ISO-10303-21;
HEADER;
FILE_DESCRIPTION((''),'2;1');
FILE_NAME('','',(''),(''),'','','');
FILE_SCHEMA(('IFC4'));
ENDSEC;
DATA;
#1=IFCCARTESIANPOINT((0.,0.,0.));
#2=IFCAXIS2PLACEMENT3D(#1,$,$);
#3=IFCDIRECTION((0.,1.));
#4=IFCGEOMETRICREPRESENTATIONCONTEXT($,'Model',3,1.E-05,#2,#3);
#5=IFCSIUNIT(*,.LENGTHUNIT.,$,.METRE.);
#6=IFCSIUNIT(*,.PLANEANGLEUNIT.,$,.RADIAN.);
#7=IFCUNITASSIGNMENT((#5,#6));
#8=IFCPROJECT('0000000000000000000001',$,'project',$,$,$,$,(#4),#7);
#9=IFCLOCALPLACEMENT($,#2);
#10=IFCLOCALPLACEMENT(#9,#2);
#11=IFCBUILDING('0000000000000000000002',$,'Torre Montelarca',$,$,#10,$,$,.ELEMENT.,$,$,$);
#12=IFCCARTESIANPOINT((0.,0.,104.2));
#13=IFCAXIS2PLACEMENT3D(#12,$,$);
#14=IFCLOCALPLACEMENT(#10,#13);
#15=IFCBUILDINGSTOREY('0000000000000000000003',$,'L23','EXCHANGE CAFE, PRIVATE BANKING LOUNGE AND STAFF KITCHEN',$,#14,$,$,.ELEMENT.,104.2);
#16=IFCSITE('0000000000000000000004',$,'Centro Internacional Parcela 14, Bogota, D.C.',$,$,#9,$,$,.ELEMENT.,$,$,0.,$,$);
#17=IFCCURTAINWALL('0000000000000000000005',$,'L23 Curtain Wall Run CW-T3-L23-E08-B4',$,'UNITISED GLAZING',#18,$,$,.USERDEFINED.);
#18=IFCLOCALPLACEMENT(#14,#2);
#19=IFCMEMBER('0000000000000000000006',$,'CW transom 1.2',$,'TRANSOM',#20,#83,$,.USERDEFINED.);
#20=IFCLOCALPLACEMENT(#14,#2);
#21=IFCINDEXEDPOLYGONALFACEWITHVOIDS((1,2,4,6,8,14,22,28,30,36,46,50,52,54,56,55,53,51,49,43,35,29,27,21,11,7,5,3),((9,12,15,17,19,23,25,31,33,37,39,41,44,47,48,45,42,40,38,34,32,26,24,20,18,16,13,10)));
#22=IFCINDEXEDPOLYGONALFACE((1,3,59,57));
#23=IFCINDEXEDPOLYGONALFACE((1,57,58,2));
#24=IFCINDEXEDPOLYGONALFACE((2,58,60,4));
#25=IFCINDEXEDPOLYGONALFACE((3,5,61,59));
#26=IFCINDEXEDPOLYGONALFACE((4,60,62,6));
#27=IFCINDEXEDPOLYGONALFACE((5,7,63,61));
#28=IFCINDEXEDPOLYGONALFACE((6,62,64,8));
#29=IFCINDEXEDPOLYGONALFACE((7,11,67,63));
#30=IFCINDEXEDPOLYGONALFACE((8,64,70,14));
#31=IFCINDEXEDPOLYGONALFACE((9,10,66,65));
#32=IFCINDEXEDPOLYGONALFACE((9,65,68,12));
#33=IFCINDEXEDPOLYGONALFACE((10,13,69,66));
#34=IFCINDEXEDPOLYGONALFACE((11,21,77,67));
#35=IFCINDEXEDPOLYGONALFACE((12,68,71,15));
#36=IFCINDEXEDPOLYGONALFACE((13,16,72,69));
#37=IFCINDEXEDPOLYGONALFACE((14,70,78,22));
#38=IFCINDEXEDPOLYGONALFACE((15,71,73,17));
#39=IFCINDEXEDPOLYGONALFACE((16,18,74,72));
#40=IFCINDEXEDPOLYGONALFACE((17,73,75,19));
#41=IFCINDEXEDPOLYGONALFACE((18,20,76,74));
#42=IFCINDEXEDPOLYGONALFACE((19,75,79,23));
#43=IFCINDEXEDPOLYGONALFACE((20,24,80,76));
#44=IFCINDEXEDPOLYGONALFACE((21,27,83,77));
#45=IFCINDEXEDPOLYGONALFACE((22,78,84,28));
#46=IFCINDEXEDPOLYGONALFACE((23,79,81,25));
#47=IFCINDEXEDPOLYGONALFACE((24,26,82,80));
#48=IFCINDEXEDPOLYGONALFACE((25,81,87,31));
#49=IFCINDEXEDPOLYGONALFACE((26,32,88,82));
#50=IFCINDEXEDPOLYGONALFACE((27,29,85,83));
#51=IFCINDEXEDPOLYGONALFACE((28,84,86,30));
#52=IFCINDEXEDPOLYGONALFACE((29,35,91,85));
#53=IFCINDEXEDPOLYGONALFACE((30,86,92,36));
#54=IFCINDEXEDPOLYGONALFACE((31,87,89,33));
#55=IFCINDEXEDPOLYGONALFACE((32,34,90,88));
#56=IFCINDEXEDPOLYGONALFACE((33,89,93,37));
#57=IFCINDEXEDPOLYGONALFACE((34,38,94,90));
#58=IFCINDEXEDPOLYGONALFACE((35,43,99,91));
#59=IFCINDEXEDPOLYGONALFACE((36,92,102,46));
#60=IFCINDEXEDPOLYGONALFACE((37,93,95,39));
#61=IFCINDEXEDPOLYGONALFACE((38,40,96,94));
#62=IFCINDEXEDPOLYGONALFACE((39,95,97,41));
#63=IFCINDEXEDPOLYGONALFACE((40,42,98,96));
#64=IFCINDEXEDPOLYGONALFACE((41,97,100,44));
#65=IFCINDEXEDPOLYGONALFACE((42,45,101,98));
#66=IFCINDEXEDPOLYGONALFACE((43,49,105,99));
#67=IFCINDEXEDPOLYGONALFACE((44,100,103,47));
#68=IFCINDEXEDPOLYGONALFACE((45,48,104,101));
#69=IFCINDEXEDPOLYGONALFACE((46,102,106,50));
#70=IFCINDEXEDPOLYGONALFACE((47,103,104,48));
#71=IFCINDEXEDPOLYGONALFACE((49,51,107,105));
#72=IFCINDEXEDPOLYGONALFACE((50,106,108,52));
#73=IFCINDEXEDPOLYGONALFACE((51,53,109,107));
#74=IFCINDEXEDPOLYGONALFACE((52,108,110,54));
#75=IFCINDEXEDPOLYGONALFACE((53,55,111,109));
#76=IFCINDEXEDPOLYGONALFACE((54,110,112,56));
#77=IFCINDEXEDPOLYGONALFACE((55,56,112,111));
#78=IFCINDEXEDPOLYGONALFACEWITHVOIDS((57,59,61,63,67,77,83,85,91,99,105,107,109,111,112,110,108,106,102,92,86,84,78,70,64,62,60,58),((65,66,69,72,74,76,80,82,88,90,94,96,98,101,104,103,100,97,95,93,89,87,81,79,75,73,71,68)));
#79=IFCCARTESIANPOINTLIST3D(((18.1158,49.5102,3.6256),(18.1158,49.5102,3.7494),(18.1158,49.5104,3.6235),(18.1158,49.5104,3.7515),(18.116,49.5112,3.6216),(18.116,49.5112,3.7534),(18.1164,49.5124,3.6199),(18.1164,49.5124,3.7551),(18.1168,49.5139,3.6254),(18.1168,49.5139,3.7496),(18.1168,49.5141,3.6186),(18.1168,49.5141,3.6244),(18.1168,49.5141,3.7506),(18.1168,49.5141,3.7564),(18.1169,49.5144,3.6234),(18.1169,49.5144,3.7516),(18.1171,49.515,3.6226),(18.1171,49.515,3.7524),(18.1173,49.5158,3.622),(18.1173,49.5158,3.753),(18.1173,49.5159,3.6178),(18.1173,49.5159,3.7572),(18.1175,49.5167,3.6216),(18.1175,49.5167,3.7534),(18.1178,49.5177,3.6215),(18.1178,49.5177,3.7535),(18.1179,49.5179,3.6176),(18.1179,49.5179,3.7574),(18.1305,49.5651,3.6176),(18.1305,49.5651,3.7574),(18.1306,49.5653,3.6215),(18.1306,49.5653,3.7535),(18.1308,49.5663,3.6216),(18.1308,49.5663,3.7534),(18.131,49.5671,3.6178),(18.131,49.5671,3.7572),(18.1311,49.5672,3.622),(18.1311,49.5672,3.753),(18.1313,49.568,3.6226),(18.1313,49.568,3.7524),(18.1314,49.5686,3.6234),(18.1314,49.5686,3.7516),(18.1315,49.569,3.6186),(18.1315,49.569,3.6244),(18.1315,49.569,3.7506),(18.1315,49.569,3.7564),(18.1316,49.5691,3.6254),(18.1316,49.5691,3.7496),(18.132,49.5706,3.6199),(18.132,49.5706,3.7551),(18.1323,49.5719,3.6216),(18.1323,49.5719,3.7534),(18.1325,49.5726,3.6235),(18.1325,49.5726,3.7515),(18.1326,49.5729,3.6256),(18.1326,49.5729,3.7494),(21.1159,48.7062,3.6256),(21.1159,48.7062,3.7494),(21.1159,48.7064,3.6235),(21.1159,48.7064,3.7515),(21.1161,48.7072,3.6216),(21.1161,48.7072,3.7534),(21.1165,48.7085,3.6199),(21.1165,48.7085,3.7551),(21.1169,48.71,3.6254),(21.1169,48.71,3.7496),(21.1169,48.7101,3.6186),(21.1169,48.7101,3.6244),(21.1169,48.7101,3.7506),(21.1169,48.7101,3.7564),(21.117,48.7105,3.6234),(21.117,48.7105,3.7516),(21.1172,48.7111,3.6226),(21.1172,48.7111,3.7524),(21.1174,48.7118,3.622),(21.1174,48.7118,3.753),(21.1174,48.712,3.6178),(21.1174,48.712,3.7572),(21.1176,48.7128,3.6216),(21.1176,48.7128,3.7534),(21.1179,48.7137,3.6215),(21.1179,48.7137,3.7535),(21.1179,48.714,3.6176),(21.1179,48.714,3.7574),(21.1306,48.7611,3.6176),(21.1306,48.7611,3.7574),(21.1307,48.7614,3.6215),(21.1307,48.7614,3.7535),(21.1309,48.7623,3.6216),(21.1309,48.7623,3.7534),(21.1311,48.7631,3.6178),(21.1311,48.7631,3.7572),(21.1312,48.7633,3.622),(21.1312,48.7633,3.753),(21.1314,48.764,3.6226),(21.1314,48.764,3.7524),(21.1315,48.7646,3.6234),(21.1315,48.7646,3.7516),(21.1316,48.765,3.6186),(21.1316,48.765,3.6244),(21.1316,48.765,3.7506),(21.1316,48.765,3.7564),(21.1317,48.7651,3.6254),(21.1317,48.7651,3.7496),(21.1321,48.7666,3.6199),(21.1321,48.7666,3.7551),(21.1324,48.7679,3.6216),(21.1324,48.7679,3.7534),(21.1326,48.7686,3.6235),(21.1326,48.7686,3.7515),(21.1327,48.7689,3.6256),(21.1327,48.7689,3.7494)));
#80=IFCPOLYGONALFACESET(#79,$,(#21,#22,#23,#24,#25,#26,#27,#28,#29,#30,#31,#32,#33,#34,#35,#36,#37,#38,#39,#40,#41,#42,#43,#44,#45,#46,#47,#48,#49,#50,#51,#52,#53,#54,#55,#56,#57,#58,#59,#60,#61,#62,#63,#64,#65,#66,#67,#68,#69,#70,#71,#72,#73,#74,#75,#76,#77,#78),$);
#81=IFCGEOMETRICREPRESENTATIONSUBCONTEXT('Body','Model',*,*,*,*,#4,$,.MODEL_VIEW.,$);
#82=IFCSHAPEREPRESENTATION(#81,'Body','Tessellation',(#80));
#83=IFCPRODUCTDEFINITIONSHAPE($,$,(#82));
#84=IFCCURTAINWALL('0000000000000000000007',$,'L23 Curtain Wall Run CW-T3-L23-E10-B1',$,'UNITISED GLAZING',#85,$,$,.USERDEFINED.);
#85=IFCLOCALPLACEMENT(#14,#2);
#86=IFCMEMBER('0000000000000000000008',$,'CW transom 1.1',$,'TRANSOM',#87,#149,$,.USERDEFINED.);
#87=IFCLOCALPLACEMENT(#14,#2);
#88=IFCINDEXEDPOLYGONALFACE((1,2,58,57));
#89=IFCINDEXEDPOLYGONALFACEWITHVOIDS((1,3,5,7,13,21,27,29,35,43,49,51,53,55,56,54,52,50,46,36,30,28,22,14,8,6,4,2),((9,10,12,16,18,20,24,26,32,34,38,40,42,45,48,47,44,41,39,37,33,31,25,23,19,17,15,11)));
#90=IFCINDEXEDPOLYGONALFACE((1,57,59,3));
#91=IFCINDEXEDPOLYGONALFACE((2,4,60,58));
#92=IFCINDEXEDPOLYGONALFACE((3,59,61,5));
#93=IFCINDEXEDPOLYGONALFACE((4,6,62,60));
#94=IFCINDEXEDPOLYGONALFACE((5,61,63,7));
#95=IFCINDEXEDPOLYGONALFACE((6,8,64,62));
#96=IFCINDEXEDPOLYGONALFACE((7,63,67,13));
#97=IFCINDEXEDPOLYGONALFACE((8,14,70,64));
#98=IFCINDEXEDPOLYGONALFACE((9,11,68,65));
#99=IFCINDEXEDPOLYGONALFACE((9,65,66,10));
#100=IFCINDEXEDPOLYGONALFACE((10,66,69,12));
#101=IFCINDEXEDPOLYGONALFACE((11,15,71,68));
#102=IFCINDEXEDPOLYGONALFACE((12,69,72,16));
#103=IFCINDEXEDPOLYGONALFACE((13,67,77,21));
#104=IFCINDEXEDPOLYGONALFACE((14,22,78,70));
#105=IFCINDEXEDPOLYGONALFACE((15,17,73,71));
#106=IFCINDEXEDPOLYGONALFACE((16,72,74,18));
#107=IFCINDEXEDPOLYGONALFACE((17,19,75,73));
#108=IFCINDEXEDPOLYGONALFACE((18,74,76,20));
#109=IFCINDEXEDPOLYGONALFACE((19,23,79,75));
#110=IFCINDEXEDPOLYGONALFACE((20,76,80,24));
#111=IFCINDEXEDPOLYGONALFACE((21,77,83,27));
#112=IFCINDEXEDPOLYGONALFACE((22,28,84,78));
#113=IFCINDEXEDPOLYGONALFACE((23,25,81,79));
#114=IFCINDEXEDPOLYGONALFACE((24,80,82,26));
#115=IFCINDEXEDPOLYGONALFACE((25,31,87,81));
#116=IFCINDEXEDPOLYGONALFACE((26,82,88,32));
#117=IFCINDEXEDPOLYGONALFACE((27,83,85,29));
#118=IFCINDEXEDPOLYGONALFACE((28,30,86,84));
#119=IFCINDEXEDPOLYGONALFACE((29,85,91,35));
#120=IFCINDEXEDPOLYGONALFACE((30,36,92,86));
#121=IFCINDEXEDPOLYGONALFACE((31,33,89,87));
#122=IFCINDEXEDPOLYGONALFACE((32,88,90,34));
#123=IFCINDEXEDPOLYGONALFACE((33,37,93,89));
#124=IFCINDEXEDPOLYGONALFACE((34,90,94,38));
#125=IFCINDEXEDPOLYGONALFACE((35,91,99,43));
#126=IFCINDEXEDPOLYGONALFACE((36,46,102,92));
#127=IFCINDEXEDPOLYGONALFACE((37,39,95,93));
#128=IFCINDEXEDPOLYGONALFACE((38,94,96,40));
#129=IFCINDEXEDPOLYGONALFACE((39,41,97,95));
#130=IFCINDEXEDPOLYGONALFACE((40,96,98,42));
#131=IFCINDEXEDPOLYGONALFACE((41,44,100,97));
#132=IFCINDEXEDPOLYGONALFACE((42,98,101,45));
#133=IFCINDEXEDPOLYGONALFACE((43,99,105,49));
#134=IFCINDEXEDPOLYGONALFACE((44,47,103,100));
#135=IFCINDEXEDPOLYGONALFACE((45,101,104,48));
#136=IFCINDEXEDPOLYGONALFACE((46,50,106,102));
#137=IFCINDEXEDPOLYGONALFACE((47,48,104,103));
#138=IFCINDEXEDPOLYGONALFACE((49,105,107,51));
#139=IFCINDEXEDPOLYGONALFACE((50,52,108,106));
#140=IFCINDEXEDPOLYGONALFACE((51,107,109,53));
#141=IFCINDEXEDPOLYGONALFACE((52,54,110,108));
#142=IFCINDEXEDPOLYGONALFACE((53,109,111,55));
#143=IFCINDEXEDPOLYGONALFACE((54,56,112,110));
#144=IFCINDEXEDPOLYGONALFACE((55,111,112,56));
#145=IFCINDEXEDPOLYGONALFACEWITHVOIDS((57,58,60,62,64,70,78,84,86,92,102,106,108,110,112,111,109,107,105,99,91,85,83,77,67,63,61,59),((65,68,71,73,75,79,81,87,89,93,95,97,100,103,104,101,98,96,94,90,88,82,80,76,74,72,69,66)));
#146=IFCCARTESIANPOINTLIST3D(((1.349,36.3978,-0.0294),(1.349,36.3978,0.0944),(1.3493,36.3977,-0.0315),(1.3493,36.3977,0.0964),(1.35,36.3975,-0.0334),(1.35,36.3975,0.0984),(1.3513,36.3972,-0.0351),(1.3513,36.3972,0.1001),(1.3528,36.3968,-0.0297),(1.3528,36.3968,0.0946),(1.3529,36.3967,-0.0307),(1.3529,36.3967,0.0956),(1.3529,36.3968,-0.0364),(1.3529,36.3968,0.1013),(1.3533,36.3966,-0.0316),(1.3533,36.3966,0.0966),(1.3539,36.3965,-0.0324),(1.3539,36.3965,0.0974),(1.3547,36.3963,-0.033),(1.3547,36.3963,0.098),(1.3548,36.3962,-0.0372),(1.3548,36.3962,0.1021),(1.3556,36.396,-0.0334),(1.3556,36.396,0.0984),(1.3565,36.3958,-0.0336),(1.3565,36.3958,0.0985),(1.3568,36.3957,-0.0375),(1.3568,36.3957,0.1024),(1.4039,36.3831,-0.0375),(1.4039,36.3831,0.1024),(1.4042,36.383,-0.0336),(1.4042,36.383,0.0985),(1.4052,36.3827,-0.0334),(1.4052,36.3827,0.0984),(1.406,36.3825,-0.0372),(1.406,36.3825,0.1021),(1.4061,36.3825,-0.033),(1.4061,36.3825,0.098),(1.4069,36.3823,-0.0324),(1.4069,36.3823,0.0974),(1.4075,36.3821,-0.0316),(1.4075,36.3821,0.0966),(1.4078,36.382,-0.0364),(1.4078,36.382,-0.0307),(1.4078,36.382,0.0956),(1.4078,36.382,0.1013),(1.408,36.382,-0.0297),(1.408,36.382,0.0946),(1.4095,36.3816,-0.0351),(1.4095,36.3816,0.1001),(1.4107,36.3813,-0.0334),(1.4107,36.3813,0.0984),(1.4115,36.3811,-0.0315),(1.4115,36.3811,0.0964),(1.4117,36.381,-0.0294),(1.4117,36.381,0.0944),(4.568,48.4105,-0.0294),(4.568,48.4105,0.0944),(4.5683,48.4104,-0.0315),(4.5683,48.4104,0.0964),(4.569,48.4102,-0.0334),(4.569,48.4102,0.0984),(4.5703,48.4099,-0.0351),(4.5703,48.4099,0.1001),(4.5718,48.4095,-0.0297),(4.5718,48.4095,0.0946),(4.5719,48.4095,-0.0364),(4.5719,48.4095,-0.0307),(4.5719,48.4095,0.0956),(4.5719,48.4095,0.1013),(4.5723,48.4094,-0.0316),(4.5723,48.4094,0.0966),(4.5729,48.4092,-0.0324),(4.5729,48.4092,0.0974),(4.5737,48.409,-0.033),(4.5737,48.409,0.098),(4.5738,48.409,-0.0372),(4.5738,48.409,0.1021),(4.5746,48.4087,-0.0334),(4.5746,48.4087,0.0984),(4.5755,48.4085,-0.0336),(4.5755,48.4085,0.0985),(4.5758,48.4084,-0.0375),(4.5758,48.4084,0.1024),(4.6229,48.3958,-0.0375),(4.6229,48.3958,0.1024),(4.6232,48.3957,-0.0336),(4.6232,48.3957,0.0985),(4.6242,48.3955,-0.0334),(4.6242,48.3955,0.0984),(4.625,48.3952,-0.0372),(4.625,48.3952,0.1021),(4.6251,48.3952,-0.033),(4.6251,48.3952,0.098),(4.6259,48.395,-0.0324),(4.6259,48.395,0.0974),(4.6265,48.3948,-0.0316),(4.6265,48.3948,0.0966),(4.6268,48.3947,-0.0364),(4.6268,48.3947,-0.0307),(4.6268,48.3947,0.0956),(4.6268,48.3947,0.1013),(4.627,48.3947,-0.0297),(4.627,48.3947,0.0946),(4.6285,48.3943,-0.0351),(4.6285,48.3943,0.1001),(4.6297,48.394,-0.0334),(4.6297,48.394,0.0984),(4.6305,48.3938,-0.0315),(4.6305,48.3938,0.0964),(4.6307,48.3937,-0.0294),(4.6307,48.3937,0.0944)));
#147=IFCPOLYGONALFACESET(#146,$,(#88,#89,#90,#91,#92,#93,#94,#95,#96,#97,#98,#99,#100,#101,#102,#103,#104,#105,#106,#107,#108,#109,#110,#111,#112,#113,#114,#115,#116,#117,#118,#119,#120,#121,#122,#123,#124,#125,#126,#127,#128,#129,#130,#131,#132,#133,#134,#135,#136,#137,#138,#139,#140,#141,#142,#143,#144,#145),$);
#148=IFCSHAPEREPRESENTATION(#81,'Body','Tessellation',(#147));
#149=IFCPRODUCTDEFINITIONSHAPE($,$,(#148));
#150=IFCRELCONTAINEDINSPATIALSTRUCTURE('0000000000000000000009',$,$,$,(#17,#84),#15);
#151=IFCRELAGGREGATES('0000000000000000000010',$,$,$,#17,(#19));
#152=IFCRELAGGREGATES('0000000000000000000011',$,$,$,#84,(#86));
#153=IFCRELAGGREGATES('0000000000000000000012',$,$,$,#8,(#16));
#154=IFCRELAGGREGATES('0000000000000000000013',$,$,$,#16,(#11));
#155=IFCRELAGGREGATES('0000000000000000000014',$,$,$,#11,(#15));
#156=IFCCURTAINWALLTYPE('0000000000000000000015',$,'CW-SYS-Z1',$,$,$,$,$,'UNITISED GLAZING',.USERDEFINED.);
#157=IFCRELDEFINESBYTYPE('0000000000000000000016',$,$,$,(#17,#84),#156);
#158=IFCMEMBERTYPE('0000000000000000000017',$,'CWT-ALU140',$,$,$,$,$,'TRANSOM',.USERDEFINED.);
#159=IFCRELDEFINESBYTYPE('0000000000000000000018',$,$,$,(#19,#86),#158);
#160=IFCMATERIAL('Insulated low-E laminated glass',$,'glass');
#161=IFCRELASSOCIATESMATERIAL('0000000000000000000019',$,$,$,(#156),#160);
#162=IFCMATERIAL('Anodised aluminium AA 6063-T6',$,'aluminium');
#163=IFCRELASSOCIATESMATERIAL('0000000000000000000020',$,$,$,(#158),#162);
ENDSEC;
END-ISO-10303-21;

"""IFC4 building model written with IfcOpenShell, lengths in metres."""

from ifc_helpers import new_model, si_unit, direction, frame, origin, origin_2d, place, context, subcontext, project, spatial, hollow_rectangle, extrude, source, transform, mapped, material, material_profile, profile_set, type_object, element, aggregate, save


model = new_model("IFC4")

# Units and contexts
model_context = context("Model", 3, precision=1e-05, world=origin(), true_north=direction((0.0, 1.0)))
body_context = subcontext(model_context, "Body", "Model", "MODEL_VIEW")
ifc_project = project(units=[si_unit("LENGTHUNIT", "METRE"), si_unit("PLANEANGLEUNIT", "RADIAN")], contexts=[model_context])

# Site, building, storey
site_placement = place(None, origin())
site = spatial("IfcSite", under=ifc_project, at=site_placement, Name="Centro Internacional Parcela 14, Bogota, D.C.", CompositionType="ELEMENT", RefElevation=0.0)
building_placement = place(site_placement, origin())
building = spatial("IfcBuilding", under=site, at=building_placement, Name="Torre Montelarca", CompositionType="ELEMENT")
storey_placement = place(building_placement, frame((0.0, 0.0, 104.2)))
storey = spatial("IfcBuildingStorey", under=building, at=storey_placement, Name="L23", Description="EXCHANGE CAFE, PRIVATE BANKING LOUNGE AND STAFF KITCHEN", CompositionType="ELEMENT", Elevation=104.2)

# Curtain walls, members
ifc_material_1 = material(Name="Insulated low-E laminated glass", Category="glass")
curtain_wall_type = type_object("IfcCurtainWallType", Name="CW-SYS-Z1", ElementType="UNITISED GLAZING", PredefinedType="USERDEFINED", material=ifc_material_1)
ifc_material_2 = material(Name="Anodised aluminium AA 6063-T6", Category="aluminium")
ifc_material_profile_1 = material_profile(ifc_material_2, hollow_rectangle(XDim=0.0649, YDim=0.1399, WallThickness=0.0039, InnerFilletRadius=0.0039, OuterFilletRadius=0.0081, at=origin_2d()), Name="ALU65X140X4", Category="aluminium")
ifc_profile_set_1 = profile_set([ifc_material_profile_1], Name="Anodised aluminium AA 6063-T6")
member_type_1 = type_object("IfcMemberType", Name="CWT-ALU140", ElementType="TRANSOM", PredefinedType="USERDEFINED", material=ifc_profile_set_1)
curtain_wall_1_placement = place(storey_placement, origin())
curtain_wall_1 = element("IfcCurtainWall", 1, at=curtain_wall_1_placement, inside=storey, type_object=curtain_wall_type, Name="L23 Curtain Wall Run CW-T3-L23-E08-B4", ObjectType="UNITISED GLAZING", PredefinedType="USERDEFINED")
shared_shape_1 = source(origin(), body_context, "Body", "SweptSolid", [
    extrude(hollow_rectangle(XDim=0.0649, YDim=0.1399, WallThickness=0.0039, InnerFilletRadius=0.0039, OuterFilletRadius=0.0081, at=origin_2d()), origin(), (0.0, 0.0, 1.0), 3.106),
])
member_1_placement = place(storey_placement, frame((21.1243, 48.7375, 3.6875), z_axis=(-0.965917, 0.258851, 0.0), x_axis=(-0.258851, -0.965917, 0.0)))
member_1 = element("IfcMember", 2, at=member_1_placement, type_object=member_type_1, Name="CW transom 1.2", ObjectType="TRANSOM", PredefinedType="USERDEFINED", context=body_context, shape_type="MappedRepresentation", body=[
    mapped(shared_shape_1, transform((0.0, 0.0, 0.0), scale=1.0)),
])
curtain_wall_2_placement = place(storey_placement, origin())
curtain_wall_2 = element("IfcCurtainWall", 3, at=curtain_wall_2_placement, inside=storey, type_object=curtain_wall_type, Name="L23 Curtain Wall Run CW-T3-L23-E10-B1", ObjectType="UNITISED GLAZING", PredefinedType="USERDEFINED")
shared_shape_2 = source(origin(), body_context, "Body", "SweptSolid", [
    extrude(hollow_rectangle(XDim=0.0649, YDim=0.1399, WallThickness=0.0039, InnerFilletRadius=0.0039, OuterFilletRadius=0.0081, at=origin_2d()), origin(), (0.0, 0.0, 1.0), 12.4365),
])
member_2_placement = place(storey_placement, frame((4.5994, 48.4021, 0.0325), z_axis=(-0.258834, -0.965922, 0.0), x_axis=(0.965922, -0.258834, 0.0)))
member_2 = element("IfcMember", 4, at=member_2_placement, type_object=member_type_1, Name="CW transom 1.1", ObjectType="TRANSOM", PredefinedType="USERDEFINED", context=body_context, shape_type="MappedRepresentation", body=[
    mapped(shared_shape_2, transform((0.0, 0.0, 0.0), scale=1.0)),
])

aggregate(curtain_wall_1, [member_1])
aggregate(curtain_wall_2, [member_2])

save(model, "model.ifc")
